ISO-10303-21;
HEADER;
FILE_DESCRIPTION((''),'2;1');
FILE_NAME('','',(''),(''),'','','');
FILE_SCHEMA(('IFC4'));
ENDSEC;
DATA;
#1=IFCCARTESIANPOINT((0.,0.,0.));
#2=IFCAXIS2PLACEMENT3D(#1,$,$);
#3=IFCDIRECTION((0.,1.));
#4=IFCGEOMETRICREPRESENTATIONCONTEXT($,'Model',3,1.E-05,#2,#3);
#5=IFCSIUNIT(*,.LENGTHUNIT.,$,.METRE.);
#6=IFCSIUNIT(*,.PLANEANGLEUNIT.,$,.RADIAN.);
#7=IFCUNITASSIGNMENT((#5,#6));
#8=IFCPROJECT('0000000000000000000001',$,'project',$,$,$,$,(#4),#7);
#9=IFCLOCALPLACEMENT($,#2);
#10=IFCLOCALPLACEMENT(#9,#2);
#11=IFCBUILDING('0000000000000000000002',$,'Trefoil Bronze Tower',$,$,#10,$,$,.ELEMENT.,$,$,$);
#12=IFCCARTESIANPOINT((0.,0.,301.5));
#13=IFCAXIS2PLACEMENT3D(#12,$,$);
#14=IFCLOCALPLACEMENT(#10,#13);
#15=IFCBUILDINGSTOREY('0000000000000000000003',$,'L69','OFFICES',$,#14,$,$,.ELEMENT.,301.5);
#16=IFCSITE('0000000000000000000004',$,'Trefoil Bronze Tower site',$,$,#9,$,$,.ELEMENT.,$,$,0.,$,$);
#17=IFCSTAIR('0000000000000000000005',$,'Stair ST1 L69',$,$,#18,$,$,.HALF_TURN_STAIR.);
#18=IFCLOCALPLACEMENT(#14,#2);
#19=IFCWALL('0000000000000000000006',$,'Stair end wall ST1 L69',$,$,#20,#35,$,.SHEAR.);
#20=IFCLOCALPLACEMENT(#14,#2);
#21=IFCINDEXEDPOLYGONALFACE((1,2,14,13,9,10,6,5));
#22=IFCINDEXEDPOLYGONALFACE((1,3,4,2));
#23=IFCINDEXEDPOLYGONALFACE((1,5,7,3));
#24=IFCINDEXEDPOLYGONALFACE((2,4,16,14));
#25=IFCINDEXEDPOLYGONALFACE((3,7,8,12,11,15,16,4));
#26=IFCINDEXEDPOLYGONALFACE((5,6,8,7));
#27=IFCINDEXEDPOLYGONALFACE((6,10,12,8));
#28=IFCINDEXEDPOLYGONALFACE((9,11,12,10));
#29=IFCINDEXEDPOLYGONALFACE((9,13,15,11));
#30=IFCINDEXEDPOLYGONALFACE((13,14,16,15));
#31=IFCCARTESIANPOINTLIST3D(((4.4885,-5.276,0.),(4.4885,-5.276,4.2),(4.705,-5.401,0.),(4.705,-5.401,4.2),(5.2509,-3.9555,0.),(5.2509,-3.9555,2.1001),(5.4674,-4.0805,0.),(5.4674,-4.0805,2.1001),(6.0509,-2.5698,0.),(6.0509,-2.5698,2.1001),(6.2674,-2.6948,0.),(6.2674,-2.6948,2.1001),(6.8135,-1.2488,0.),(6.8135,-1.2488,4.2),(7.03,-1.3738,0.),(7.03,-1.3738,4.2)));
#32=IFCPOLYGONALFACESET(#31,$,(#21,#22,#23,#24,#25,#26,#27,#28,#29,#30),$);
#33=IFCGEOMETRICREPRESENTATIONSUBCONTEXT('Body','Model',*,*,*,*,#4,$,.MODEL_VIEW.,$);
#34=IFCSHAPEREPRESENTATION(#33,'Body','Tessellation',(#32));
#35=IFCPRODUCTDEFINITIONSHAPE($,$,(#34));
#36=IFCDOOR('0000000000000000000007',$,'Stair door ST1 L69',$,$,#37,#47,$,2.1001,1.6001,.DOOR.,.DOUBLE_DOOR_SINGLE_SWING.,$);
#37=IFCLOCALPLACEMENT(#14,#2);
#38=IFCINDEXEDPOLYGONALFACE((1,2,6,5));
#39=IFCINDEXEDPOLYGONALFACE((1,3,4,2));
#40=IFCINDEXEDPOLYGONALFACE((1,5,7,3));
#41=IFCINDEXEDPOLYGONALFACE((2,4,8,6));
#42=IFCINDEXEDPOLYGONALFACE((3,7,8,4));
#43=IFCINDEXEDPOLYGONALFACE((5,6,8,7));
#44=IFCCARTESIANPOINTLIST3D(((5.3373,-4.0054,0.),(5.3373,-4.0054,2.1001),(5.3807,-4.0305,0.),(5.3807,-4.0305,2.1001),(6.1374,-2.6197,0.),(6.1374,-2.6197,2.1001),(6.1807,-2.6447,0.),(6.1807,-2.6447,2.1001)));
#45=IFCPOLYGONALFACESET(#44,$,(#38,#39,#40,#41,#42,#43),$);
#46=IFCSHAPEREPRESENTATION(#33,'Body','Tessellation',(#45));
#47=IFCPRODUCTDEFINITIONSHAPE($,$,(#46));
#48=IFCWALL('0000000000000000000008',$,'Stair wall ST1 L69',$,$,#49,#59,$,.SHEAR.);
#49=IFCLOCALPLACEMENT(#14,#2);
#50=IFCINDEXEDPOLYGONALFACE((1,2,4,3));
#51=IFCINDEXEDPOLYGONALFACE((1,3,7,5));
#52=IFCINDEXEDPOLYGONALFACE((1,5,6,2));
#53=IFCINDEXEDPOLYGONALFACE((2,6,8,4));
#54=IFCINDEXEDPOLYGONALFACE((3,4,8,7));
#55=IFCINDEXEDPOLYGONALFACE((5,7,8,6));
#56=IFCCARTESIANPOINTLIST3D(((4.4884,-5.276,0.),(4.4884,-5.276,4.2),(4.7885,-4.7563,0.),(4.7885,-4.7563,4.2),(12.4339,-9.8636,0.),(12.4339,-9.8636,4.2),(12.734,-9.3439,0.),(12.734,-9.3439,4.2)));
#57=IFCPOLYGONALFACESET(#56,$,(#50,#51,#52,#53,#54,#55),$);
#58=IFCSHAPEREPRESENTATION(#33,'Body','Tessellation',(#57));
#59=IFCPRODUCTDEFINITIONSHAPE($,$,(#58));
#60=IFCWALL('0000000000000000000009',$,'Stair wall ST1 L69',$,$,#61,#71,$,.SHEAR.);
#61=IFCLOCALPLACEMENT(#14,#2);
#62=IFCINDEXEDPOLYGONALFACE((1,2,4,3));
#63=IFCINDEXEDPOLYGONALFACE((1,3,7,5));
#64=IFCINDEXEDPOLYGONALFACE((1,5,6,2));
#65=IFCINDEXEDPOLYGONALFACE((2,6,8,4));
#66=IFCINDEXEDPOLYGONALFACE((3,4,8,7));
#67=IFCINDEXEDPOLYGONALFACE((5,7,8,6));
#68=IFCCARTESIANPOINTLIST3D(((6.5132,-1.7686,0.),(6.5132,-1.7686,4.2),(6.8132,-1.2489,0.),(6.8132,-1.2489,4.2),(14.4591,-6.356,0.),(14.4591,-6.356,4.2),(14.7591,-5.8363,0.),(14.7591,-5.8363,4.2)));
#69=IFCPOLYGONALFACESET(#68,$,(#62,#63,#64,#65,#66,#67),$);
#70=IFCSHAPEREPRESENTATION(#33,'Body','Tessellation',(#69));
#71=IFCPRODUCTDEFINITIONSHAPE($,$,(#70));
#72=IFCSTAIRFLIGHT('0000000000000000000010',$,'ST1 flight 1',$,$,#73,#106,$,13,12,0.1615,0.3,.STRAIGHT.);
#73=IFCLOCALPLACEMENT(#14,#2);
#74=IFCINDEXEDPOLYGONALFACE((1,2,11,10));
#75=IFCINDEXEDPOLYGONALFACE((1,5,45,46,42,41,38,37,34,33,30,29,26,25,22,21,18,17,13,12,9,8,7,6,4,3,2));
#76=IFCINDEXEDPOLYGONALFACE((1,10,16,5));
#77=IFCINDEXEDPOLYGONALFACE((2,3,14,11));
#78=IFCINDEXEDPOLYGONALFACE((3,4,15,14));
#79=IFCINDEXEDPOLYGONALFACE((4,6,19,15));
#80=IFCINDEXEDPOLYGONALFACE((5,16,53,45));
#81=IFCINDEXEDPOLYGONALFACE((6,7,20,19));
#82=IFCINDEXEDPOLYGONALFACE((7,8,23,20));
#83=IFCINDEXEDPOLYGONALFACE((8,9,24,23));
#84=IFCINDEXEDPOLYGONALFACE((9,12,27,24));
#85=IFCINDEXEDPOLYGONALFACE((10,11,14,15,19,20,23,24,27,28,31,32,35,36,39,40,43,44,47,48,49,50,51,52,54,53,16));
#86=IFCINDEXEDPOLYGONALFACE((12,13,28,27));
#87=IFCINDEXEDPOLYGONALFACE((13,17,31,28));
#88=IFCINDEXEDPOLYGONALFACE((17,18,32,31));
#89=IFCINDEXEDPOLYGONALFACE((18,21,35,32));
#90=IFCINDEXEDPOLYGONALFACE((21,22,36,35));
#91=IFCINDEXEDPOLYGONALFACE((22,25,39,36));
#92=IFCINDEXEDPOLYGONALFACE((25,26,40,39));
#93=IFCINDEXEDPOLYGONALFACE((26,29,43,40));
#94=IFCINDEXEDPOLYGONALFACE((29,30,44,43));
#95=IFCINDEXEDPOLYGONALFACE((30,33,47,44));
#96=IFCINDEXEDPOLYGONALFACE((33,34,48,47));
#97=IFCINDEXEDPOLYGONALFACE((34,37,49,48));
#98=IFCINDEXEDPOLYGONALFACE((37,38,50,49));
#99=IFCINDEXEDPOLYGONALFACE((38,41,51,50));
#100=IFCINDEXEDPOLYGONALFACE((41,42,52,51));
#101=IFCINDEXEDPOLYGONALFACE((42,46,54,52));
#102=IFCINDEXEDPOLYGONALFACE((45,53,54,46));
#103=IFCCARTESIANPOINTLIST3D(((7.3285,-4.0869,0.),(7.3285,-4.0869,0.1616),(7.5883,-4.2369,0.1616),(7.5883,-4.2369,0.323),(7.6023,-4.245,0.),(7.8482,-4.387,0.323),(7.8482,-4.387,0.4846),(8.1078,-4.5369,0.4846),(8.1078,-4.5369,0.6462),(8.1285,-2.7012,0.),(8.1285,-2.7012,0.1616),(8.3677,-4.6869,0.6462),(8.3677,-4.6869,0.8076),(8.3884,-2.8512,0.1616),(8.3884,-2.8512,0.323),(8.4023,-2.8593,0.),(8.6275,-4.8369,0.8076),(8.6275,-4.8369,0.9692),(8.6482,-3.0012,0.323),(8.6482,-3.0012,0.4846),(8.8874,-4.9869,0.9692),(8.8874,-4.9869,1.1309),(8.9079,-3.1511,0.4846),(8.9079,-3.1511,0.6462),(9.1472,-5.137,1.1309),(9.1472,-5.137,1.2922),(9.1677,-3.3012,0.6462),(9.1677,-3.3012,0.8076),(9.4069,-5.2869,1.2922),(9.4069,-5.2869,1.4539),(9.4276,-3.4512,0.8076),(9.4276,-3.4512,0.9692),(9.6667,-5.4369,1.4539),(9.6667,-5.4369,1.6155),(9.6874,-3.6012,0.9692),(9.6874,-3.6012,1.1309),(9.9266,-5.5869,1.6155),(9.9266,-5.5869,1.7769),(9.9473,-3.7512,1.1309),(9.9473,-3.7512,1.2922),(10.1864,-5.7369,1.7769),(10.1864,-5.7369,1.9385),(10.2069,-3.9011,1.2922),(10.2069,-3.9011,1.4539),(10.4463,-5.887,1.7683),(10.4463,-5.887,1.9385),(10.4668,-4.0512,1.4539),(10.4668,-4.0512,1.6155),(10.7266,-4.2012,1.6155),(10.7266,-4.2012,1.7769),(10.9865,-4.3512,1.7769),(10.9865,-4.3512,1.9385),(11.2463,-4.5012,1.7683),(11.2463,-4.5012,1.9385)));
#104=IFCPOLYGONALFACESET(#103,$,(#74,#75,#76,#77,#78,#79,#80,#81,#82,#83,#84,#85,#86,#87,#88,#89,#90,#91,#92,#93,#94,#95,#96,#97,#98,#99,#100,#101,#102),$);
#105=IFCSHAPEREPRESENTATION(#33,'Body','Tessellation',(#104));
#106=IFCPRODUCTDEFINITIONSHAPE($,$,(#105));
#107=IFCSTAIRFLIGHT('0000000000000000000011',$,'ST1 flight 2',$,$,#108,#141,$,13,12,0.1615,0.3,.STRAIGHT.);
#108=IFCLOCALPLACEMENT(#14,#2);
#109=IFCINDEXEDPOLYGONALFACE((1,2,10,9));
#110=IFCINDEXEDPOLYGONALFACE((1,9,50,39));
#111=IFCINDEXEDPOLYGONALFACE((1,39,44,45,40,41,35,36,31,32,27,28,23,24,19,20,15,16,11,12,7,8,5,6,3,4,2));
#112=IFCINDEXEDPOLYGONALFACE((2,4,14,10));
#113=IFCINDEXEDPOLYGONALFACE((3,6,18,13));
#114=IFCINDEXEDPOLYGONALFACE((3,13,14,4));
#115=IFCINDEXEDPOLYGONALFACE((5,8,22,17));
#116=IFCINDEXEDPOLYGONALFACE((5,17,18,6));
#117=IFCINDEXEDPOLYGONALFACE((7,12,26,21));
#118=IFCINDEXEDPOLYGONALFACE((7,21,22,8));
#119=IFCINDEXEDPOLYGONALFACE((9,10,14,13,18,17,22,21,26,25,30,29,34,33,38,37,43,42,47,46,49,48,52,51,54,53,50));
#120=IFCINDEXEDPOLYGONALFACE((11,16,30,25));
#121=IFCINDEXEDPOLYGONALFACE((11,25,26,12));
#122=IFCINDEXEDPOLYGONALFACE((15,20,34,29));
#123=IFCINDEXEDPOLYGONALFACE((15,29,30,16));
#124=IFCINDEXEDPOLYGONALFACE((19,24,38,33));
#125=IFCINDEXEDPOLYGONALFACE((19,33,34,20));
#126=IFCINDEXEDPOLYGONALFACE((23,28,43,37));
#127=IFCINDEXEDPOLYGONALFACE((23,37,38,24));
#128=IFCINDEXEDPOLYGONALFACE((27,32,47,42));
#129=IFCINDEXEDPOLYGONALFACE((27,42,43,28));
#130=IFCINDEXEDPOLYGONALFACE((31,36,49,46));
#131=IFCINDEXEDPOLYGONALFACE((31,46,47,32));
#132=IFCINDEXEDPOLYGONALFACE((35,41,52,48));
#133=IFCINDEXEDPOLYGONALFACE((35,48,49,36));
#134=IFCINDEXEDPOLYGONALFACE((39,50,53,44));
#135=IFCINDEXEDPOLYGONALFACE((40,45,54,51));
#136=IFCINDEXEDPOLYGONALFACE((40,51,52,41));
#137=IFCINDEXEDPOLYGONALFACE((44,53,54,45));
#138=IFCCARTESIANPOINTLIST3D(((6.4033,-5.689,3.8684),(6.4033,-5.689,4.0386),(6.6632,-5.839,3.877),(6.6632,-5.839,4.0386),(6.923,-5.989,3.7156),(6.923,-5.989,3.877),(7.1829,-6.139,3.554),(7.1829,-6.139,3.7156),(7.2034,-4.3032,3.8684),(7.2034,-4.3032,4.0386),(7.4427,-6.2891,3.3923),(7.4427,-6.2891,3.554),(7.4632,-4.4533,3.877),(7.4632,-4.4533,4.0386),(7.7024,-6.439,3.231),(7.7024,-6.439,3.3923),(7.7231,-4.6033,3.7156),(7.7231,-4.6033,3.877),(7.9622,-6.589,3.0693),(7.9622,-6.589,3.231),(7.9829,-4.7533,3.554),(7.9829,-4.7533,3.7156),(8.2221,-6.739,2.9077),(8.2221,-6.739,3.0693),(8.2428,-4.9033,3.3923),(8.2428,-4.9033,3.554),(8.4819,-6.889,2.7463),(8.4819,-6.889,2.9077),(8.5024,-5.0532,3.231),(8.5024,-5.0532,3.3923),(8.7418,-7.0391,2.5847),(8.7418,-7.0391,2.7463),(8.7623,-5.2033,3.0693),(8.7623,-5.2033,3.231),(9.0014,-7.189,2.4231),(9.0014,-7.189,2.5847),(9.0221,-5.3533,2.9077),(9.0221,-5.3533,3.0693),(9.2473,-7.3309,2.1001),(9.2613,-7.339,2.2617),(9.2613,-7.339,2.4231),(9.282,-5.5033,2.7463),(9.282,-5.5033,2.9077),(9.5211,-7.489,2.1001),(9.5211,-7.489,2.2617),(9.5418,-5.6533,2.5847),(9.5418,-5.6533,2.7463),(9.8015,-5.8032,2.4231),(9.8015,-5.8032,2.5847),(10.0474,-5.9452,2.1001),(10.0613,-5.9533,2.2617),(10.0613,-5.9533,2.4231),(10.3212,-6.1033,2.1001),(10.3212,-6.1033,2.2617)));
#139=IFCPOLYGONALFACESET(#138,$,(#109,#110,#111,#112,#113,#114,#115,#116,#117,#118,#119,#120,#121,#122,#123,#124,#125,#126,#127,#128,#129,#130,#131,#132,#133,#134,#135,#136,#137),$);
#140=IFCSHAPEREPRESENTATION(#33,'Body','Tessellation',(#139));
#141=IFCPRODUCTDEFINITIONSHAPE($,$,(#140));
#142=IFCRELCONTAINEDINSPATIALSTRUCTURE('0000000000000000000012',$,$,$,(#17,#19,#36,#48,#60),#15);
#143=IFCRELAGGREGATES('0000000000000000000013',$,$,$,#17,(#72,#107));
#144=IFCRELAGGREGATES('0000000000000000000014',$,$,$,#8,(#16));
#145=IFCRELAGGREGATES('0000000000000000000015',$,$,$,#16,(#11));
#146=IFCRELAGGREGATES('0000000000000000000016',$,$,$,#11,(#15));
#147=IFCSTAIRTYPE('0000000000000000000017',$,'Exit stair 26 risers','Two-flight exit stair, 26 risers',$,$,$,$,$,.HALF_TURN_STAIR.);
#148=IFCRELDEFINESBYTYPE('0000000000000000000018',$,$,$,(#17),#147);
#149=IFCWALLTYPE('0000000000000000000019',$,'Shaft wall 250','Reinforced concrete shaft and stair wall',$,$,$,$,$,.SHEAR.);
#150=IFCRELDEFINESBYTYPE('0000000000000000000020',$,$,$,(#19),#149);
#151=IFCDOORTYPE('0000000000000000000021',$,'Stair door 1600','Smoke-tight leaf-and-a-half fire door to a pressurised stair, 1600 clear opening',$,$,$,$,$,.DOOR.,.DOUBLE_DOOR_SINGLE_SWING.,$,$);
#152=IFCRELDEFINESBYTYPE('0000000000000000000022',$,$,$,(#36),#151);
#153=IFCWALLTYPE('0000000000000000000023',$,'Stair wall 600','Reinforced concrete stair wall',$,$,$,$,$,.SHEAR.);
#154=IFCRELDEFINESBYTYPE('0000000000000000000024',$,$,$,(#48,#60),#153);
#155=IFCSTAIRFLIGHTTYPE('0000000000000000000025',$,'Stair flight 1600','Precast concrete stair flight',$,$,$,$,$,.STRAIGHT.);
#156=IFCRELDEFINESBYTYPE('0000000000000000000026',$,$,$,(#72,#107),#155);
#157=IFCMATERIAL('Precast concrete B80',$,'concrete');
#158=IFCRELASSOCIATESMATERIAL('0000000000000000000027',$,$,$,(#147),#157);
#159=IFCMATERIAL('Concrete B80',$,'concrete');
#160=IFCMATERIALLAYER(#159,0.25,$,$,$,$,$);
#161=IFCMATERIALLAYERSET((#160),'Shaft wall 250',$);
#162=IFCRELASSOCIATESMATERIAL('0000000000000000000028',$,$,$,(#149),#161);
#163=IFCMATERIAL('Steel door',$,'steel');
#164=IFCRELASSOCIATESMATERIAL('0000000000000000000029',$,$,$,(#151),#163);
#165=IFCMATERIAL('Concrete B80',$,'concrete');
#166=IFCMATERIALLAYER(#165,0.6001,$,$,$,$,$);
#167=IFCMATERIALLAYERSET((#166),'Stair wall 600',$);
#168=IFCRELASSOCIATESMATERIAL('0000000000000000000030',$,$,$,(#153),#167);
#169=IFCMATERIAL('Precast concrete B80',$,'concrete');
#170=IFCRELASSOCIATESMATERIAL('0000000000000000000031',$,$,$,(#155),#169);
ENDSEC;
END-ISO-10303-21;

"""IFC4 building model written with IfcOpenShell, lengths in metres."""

from ifc_helpers import new_model, si_unit, direction, frame, frame_2d, origin, place, context, subcontext, project, spatial, polyline, rectangle, outline, extrude, material, layer, layer_set, type_object, element, fill, aggregate, save


model = new_model("IFC4")

# Units and contexts
model_context = context("Model", 3, precision=1e-05, world=origin(), true_north=direction((0.0, 1.0)))
body_context = subcontext(model_context, "Body", "Model", "MODEL_VIEW")
ifc_project = project(units=[si_unit("LENGTHUNIT", "METRE"), si_unit("PLANEANGLEUNIT", "RADIAN")], contexts=[model_context])

# Site, building, storey
site_placement = place(None, origin())
site = spatial("IfcSite", under=ifc_project, at=site_placement, Name="Trefoil Bronze Tower site", CompositionType="ELEMENT", RefElevation=0.0)
building_placement = place(site_placement, origin())
building = spatial("IfcBuilding", under=site, at=building_placement, Name="Trefoil Bronze Tower", CompositionType="ELEMENT")
storey_placement = place(building_placement, frame((0.0, 0.0, 301.5)))
storey = spatial("IfcBuildingStorey", under=building, at=storey_placement, Name="L69", Description="OFFICES", CompositionType="ELEMENT", Elevation=301.5)

# Stair
ifc_material_1 = material(Name="Precast concrete B80", Category="concrete")
stair_type = type_object("IfcStairType", Name="Exit stair 26 risers", Description="Two-flight exit stair, 26 risers", PredefinedType="HALF_TURN_STAIR", material=ifc_material_1)
stair_1_placement = place(storey_placement, origin())
stair_1 = element("IfcStair", 1, at=stair_1_placement, inside=storey, type_object=stair_type, Name="Stair ST1 L69", PredefinedType="HALF_TURN_STAIR")

# Shared definitions
ifc_material_2 = material(Name="Concrete B80", Category="concrete")
ifc_layer_1 = layer(ifc_material_2, 0.25)
ifc_layer_set_1 = layer_set([ifc_layer_1], Name="Shaft wall 250")
wall_type_1 = type_object("IfcWallType", Name="Shaft wall 250", Description="Reinforced concrete shaft and stair wall", PredefinedType="SHEAR", material=ifc_layer_set_1)

# Wall, opening, door
wall_1_placement = place(storey_placement, frame((4.5967, -5.3386, 0.0), z_axis=(0.0, 0.0, 1.0), x_axis=(0.499985, 0.866034, 0.0)))
wall_1 = element("IfcWall", 2, at=wall_1_placement, inside=storey, type_object=wall_type_1, Name="Stair end wall ST1 L69", PredefinedType="SHEAR", context=body_context, shape_type="SweptSolid", body=[
    extrude(rectangle(XDim=4.6501, YDim=0.25, at=frame_2d((2.3252, 0.0))), origin(), (0.0, 0.0, 1.0), 4.2),
])
opening_1_placement = place(wall_1_placement, frame((1.5249, 0.0, 0.0)))
opening_1 = element("IfcOpeningElement", 3, at=opening_1_placement, cuts=wall_1, PredefinedType="OPENING", context=body_context, shape_type="SweptSolid", body=[
    extrude(rectangle(XDim=1.6001, YDim=2.1001, at=frame_2d((0.8, 1.05))), frame((0.0, 0.135, 0.0), z_axis=(0.0, -1.0, 0.0), x_axis=(1.0, 0.0, 0.0)), (0.0, 0.0, 1.0), 0.27),
])
ifc_material_3 = material(Name="Steel door", Category="steel")
door_type_1 = type_object("IfcDoorType", Name="Stair door 1600", Description="Smoke-tight leaf-and-a-half fire door to a pressurised stair, 1600 clear opening", OperationType="DOUBLE_DOOR_SINGLE_SWING", PredefinedType="DOOR", material=ifc_material_3)
door_1_placement = place(opening_1_placement, frame((1.6001, 0.0, 0.0), z_axis=(0.0, 0.0, 1.0), x_axis=(-1.0, 0.0, 0.0)))
door_1 = element("IfcDoor", 4, at=door_1_placement, inside=storey, type_object=door_type_1, Name="Stair door ST1 L69", OperationType="DOUBLE_DOOR_SINGLE_SWING", OverallHeight=2.1001, OverallWidth=1.6001, PredefinedType="DOOR", context=body_context, shape_type="SweptSolid", body=[
    extrude(rectangle(XDim=1.6001, YDim=2.1001, at=frame_2d((0.8, 1.05))), frame((0.0, 0.0249, 0.0), z_axis=(0.0, -1.0, 0.0), x_axis=(1.0, 0.0, 0.0)), (0.0, 0.0, 1.0), 0.05),
])
fill(opening_1, door_1)

# Walls
ifc_material_4 = material(Name="Concrete B80", Category="concrete")
ifc_layer_2 = layer(ifc_material_4, 0.6001)
ifc_layer_set_2 = layer_set([ifc_layer_2], Name="Stair wall 600")
wall_type_2 = type_object("IfcWallType", Name="Stair wall 600", Description="Reinforced concrete stair wall", PredefinedType="SHEAR", material=ifc_layer_set_2)
wall_2_placement = place(storey_placement, frame((4.6384, -5.0161, 0.0), z_axis=(0.0, 0.0, 1.0), x_axis=(0.866012, -0.500023, 0.0)))
element("IfcWall", 5, at=wall_2_placement, inside=storey, type_object=wall_type_2, Name="Stair wall ST1 L69", PredefinedType="SHEAR", context=body_context, shape_type="SweptSolid", body=[
    extrude(rectangle(XDim=9.1748, YDim=0.6001, at=frame_2d((4.5874, 0.0))), origin(), (0.0, 0.0, 1.0), 4.2),
])
wall_3_placement = place(storey_placement, frame((6.6633, -1.5088, 0.0), z_axis=(0.0, 0.0, 1.0), x_axis=(0.86603, -0.499991, 0.0)))
element("IfcWall", 6, at=wall_3_placement, inside=storey, type_object=wall_type_2, Name="Stair wall ST1 L69", PredefinedType="SHEAR", context=body_context, shape_type="SweptSolid", body=[
    extrude(rectangle(XDim=9.175, YDim=0.6001, at=frame_2d((4.5874, 0.0))), origin(), (0.0, 0.0, 1.0), 4.2),
])

# Stair flights
ifc_material_5 = material(Name="Precast concrete B80", Category="concrete")
stair_flight_type = type_object("IfcStairFlightType", Name="Stair flight 1600", Description="Precast concrete stair flight", PredefinedType="STRAIGHT", material=ifc_material_5)
stair_flight_1_placement = place(storey_placement, frame((7.7285, -3.394, 0.0), z_axis=(0.0, 0.0, 1.0), x_axis=(0.866025, -0.5, 0.0)))
stair_flight_1 = element("IfcStairFlight", 7, at=stair_flight_1_placement, type_object=stair_flight_type, Name="ST1 flight 1", NumberOfRisers=13, NumberOfTreads=12, PredefinedType="STRAIGHT", RiserHeight=0.1615, TreadLength=0.3, context=body_context, shape_type="SweptSolid", body=[
    extrude(outline(polyline([(0.0, 0.0), (0.0, 0.1616), (0.3, 0.1616), (0.3, 0.323), (0.6001, 0.323), (0.6001, 0.4846), (0.8999, 0.4846), (0.8999, 0.6462), (1.2, 0.6462), (1.2, 0.8076), (1.5, 0.8076), (1.5, 0.9692), (1.8, 0.9692), (1.8, 1.1309), (2.1001, 1.1309), (2.1001, 1.2922), (2.3999, 1.2922), (2.3999, 1.4539), (2.7, 1.4539), (2.7, 1.6155), (3.0, 1.6155), (3.0, 1.7769), (3.3, 1.7769), (3.3, 1.9385), (3.6001, 1.9385), (3.6001, 2.1001), (3.6001, 1.7683), (0.3162, 0.0), (0.0, 0.0)])), frame((0.0, 0.8, 0.0), z_axis=(0.0, -1.0, 0.0), x_axis=(1.0, 0.0, 0.0)), (0.0, 0.0, 1.0), 1.6001),
])
stair_flight_2_placement = place(storey_placement, frame((9.9211, -6.7961, 2.1001), z_axis=(0.0, 0.0, 1.0), x_axis=(-0.866025, 0.5, 0.0)))
stair_flight_2 = element("IfcStairFlight", 8, at=stair_flight_2_placement, type_object=stair_flight_type, Name="ST1 flight 2", NumberOfRisers=13, NumberOfTreads=12, PredefinedType="STRAIGHT", RiserHeight=0.1615, TreadLength=0.3, context=body_context, shape_type="SweptSolid", body=[
    extrude(outline(polyline([(0.0, 0.0), (0.0, 0.1616), (0.3, 0.1616), (0.3, 0.323), (0.6001, 0.323), (0.6001, 0.4846), (0.8999, 0.4846), (0.8999, 0.6462), (1.2, 0.6462), (1.2, 0.8076), (1.5, 0.8076), (1.5, 0.9692), (1.8, 0.9692), (1.8, 1.1309), (2.1001, 1.1309), (2.1001, 1.2922), (2.3999, 1.2922), (2.3999, 1.4539), (2.7, 1.4539), (2.7, 1.6155), (3.0, 1.6155), (3.0, 1.7769), (3.3, 1.7769), (3.3, 1.9385), (3.6001, 1.9385), (3.6001, 2.1001), (3.6001, 1.7683), (0.3162, 0.0), (0.0, 0.0)])), frame((0.0, 0.8, 0.0), z_axis=(0.0, -1.0, 0.0), x_axis=(1.0, 0.0, 0.0)), (0.0, 0.0, 1.0), 1.6001),
])
aggregate(stair_1, [stair_flight_1, stair_flight_2])

save(model, "model.ifc")
